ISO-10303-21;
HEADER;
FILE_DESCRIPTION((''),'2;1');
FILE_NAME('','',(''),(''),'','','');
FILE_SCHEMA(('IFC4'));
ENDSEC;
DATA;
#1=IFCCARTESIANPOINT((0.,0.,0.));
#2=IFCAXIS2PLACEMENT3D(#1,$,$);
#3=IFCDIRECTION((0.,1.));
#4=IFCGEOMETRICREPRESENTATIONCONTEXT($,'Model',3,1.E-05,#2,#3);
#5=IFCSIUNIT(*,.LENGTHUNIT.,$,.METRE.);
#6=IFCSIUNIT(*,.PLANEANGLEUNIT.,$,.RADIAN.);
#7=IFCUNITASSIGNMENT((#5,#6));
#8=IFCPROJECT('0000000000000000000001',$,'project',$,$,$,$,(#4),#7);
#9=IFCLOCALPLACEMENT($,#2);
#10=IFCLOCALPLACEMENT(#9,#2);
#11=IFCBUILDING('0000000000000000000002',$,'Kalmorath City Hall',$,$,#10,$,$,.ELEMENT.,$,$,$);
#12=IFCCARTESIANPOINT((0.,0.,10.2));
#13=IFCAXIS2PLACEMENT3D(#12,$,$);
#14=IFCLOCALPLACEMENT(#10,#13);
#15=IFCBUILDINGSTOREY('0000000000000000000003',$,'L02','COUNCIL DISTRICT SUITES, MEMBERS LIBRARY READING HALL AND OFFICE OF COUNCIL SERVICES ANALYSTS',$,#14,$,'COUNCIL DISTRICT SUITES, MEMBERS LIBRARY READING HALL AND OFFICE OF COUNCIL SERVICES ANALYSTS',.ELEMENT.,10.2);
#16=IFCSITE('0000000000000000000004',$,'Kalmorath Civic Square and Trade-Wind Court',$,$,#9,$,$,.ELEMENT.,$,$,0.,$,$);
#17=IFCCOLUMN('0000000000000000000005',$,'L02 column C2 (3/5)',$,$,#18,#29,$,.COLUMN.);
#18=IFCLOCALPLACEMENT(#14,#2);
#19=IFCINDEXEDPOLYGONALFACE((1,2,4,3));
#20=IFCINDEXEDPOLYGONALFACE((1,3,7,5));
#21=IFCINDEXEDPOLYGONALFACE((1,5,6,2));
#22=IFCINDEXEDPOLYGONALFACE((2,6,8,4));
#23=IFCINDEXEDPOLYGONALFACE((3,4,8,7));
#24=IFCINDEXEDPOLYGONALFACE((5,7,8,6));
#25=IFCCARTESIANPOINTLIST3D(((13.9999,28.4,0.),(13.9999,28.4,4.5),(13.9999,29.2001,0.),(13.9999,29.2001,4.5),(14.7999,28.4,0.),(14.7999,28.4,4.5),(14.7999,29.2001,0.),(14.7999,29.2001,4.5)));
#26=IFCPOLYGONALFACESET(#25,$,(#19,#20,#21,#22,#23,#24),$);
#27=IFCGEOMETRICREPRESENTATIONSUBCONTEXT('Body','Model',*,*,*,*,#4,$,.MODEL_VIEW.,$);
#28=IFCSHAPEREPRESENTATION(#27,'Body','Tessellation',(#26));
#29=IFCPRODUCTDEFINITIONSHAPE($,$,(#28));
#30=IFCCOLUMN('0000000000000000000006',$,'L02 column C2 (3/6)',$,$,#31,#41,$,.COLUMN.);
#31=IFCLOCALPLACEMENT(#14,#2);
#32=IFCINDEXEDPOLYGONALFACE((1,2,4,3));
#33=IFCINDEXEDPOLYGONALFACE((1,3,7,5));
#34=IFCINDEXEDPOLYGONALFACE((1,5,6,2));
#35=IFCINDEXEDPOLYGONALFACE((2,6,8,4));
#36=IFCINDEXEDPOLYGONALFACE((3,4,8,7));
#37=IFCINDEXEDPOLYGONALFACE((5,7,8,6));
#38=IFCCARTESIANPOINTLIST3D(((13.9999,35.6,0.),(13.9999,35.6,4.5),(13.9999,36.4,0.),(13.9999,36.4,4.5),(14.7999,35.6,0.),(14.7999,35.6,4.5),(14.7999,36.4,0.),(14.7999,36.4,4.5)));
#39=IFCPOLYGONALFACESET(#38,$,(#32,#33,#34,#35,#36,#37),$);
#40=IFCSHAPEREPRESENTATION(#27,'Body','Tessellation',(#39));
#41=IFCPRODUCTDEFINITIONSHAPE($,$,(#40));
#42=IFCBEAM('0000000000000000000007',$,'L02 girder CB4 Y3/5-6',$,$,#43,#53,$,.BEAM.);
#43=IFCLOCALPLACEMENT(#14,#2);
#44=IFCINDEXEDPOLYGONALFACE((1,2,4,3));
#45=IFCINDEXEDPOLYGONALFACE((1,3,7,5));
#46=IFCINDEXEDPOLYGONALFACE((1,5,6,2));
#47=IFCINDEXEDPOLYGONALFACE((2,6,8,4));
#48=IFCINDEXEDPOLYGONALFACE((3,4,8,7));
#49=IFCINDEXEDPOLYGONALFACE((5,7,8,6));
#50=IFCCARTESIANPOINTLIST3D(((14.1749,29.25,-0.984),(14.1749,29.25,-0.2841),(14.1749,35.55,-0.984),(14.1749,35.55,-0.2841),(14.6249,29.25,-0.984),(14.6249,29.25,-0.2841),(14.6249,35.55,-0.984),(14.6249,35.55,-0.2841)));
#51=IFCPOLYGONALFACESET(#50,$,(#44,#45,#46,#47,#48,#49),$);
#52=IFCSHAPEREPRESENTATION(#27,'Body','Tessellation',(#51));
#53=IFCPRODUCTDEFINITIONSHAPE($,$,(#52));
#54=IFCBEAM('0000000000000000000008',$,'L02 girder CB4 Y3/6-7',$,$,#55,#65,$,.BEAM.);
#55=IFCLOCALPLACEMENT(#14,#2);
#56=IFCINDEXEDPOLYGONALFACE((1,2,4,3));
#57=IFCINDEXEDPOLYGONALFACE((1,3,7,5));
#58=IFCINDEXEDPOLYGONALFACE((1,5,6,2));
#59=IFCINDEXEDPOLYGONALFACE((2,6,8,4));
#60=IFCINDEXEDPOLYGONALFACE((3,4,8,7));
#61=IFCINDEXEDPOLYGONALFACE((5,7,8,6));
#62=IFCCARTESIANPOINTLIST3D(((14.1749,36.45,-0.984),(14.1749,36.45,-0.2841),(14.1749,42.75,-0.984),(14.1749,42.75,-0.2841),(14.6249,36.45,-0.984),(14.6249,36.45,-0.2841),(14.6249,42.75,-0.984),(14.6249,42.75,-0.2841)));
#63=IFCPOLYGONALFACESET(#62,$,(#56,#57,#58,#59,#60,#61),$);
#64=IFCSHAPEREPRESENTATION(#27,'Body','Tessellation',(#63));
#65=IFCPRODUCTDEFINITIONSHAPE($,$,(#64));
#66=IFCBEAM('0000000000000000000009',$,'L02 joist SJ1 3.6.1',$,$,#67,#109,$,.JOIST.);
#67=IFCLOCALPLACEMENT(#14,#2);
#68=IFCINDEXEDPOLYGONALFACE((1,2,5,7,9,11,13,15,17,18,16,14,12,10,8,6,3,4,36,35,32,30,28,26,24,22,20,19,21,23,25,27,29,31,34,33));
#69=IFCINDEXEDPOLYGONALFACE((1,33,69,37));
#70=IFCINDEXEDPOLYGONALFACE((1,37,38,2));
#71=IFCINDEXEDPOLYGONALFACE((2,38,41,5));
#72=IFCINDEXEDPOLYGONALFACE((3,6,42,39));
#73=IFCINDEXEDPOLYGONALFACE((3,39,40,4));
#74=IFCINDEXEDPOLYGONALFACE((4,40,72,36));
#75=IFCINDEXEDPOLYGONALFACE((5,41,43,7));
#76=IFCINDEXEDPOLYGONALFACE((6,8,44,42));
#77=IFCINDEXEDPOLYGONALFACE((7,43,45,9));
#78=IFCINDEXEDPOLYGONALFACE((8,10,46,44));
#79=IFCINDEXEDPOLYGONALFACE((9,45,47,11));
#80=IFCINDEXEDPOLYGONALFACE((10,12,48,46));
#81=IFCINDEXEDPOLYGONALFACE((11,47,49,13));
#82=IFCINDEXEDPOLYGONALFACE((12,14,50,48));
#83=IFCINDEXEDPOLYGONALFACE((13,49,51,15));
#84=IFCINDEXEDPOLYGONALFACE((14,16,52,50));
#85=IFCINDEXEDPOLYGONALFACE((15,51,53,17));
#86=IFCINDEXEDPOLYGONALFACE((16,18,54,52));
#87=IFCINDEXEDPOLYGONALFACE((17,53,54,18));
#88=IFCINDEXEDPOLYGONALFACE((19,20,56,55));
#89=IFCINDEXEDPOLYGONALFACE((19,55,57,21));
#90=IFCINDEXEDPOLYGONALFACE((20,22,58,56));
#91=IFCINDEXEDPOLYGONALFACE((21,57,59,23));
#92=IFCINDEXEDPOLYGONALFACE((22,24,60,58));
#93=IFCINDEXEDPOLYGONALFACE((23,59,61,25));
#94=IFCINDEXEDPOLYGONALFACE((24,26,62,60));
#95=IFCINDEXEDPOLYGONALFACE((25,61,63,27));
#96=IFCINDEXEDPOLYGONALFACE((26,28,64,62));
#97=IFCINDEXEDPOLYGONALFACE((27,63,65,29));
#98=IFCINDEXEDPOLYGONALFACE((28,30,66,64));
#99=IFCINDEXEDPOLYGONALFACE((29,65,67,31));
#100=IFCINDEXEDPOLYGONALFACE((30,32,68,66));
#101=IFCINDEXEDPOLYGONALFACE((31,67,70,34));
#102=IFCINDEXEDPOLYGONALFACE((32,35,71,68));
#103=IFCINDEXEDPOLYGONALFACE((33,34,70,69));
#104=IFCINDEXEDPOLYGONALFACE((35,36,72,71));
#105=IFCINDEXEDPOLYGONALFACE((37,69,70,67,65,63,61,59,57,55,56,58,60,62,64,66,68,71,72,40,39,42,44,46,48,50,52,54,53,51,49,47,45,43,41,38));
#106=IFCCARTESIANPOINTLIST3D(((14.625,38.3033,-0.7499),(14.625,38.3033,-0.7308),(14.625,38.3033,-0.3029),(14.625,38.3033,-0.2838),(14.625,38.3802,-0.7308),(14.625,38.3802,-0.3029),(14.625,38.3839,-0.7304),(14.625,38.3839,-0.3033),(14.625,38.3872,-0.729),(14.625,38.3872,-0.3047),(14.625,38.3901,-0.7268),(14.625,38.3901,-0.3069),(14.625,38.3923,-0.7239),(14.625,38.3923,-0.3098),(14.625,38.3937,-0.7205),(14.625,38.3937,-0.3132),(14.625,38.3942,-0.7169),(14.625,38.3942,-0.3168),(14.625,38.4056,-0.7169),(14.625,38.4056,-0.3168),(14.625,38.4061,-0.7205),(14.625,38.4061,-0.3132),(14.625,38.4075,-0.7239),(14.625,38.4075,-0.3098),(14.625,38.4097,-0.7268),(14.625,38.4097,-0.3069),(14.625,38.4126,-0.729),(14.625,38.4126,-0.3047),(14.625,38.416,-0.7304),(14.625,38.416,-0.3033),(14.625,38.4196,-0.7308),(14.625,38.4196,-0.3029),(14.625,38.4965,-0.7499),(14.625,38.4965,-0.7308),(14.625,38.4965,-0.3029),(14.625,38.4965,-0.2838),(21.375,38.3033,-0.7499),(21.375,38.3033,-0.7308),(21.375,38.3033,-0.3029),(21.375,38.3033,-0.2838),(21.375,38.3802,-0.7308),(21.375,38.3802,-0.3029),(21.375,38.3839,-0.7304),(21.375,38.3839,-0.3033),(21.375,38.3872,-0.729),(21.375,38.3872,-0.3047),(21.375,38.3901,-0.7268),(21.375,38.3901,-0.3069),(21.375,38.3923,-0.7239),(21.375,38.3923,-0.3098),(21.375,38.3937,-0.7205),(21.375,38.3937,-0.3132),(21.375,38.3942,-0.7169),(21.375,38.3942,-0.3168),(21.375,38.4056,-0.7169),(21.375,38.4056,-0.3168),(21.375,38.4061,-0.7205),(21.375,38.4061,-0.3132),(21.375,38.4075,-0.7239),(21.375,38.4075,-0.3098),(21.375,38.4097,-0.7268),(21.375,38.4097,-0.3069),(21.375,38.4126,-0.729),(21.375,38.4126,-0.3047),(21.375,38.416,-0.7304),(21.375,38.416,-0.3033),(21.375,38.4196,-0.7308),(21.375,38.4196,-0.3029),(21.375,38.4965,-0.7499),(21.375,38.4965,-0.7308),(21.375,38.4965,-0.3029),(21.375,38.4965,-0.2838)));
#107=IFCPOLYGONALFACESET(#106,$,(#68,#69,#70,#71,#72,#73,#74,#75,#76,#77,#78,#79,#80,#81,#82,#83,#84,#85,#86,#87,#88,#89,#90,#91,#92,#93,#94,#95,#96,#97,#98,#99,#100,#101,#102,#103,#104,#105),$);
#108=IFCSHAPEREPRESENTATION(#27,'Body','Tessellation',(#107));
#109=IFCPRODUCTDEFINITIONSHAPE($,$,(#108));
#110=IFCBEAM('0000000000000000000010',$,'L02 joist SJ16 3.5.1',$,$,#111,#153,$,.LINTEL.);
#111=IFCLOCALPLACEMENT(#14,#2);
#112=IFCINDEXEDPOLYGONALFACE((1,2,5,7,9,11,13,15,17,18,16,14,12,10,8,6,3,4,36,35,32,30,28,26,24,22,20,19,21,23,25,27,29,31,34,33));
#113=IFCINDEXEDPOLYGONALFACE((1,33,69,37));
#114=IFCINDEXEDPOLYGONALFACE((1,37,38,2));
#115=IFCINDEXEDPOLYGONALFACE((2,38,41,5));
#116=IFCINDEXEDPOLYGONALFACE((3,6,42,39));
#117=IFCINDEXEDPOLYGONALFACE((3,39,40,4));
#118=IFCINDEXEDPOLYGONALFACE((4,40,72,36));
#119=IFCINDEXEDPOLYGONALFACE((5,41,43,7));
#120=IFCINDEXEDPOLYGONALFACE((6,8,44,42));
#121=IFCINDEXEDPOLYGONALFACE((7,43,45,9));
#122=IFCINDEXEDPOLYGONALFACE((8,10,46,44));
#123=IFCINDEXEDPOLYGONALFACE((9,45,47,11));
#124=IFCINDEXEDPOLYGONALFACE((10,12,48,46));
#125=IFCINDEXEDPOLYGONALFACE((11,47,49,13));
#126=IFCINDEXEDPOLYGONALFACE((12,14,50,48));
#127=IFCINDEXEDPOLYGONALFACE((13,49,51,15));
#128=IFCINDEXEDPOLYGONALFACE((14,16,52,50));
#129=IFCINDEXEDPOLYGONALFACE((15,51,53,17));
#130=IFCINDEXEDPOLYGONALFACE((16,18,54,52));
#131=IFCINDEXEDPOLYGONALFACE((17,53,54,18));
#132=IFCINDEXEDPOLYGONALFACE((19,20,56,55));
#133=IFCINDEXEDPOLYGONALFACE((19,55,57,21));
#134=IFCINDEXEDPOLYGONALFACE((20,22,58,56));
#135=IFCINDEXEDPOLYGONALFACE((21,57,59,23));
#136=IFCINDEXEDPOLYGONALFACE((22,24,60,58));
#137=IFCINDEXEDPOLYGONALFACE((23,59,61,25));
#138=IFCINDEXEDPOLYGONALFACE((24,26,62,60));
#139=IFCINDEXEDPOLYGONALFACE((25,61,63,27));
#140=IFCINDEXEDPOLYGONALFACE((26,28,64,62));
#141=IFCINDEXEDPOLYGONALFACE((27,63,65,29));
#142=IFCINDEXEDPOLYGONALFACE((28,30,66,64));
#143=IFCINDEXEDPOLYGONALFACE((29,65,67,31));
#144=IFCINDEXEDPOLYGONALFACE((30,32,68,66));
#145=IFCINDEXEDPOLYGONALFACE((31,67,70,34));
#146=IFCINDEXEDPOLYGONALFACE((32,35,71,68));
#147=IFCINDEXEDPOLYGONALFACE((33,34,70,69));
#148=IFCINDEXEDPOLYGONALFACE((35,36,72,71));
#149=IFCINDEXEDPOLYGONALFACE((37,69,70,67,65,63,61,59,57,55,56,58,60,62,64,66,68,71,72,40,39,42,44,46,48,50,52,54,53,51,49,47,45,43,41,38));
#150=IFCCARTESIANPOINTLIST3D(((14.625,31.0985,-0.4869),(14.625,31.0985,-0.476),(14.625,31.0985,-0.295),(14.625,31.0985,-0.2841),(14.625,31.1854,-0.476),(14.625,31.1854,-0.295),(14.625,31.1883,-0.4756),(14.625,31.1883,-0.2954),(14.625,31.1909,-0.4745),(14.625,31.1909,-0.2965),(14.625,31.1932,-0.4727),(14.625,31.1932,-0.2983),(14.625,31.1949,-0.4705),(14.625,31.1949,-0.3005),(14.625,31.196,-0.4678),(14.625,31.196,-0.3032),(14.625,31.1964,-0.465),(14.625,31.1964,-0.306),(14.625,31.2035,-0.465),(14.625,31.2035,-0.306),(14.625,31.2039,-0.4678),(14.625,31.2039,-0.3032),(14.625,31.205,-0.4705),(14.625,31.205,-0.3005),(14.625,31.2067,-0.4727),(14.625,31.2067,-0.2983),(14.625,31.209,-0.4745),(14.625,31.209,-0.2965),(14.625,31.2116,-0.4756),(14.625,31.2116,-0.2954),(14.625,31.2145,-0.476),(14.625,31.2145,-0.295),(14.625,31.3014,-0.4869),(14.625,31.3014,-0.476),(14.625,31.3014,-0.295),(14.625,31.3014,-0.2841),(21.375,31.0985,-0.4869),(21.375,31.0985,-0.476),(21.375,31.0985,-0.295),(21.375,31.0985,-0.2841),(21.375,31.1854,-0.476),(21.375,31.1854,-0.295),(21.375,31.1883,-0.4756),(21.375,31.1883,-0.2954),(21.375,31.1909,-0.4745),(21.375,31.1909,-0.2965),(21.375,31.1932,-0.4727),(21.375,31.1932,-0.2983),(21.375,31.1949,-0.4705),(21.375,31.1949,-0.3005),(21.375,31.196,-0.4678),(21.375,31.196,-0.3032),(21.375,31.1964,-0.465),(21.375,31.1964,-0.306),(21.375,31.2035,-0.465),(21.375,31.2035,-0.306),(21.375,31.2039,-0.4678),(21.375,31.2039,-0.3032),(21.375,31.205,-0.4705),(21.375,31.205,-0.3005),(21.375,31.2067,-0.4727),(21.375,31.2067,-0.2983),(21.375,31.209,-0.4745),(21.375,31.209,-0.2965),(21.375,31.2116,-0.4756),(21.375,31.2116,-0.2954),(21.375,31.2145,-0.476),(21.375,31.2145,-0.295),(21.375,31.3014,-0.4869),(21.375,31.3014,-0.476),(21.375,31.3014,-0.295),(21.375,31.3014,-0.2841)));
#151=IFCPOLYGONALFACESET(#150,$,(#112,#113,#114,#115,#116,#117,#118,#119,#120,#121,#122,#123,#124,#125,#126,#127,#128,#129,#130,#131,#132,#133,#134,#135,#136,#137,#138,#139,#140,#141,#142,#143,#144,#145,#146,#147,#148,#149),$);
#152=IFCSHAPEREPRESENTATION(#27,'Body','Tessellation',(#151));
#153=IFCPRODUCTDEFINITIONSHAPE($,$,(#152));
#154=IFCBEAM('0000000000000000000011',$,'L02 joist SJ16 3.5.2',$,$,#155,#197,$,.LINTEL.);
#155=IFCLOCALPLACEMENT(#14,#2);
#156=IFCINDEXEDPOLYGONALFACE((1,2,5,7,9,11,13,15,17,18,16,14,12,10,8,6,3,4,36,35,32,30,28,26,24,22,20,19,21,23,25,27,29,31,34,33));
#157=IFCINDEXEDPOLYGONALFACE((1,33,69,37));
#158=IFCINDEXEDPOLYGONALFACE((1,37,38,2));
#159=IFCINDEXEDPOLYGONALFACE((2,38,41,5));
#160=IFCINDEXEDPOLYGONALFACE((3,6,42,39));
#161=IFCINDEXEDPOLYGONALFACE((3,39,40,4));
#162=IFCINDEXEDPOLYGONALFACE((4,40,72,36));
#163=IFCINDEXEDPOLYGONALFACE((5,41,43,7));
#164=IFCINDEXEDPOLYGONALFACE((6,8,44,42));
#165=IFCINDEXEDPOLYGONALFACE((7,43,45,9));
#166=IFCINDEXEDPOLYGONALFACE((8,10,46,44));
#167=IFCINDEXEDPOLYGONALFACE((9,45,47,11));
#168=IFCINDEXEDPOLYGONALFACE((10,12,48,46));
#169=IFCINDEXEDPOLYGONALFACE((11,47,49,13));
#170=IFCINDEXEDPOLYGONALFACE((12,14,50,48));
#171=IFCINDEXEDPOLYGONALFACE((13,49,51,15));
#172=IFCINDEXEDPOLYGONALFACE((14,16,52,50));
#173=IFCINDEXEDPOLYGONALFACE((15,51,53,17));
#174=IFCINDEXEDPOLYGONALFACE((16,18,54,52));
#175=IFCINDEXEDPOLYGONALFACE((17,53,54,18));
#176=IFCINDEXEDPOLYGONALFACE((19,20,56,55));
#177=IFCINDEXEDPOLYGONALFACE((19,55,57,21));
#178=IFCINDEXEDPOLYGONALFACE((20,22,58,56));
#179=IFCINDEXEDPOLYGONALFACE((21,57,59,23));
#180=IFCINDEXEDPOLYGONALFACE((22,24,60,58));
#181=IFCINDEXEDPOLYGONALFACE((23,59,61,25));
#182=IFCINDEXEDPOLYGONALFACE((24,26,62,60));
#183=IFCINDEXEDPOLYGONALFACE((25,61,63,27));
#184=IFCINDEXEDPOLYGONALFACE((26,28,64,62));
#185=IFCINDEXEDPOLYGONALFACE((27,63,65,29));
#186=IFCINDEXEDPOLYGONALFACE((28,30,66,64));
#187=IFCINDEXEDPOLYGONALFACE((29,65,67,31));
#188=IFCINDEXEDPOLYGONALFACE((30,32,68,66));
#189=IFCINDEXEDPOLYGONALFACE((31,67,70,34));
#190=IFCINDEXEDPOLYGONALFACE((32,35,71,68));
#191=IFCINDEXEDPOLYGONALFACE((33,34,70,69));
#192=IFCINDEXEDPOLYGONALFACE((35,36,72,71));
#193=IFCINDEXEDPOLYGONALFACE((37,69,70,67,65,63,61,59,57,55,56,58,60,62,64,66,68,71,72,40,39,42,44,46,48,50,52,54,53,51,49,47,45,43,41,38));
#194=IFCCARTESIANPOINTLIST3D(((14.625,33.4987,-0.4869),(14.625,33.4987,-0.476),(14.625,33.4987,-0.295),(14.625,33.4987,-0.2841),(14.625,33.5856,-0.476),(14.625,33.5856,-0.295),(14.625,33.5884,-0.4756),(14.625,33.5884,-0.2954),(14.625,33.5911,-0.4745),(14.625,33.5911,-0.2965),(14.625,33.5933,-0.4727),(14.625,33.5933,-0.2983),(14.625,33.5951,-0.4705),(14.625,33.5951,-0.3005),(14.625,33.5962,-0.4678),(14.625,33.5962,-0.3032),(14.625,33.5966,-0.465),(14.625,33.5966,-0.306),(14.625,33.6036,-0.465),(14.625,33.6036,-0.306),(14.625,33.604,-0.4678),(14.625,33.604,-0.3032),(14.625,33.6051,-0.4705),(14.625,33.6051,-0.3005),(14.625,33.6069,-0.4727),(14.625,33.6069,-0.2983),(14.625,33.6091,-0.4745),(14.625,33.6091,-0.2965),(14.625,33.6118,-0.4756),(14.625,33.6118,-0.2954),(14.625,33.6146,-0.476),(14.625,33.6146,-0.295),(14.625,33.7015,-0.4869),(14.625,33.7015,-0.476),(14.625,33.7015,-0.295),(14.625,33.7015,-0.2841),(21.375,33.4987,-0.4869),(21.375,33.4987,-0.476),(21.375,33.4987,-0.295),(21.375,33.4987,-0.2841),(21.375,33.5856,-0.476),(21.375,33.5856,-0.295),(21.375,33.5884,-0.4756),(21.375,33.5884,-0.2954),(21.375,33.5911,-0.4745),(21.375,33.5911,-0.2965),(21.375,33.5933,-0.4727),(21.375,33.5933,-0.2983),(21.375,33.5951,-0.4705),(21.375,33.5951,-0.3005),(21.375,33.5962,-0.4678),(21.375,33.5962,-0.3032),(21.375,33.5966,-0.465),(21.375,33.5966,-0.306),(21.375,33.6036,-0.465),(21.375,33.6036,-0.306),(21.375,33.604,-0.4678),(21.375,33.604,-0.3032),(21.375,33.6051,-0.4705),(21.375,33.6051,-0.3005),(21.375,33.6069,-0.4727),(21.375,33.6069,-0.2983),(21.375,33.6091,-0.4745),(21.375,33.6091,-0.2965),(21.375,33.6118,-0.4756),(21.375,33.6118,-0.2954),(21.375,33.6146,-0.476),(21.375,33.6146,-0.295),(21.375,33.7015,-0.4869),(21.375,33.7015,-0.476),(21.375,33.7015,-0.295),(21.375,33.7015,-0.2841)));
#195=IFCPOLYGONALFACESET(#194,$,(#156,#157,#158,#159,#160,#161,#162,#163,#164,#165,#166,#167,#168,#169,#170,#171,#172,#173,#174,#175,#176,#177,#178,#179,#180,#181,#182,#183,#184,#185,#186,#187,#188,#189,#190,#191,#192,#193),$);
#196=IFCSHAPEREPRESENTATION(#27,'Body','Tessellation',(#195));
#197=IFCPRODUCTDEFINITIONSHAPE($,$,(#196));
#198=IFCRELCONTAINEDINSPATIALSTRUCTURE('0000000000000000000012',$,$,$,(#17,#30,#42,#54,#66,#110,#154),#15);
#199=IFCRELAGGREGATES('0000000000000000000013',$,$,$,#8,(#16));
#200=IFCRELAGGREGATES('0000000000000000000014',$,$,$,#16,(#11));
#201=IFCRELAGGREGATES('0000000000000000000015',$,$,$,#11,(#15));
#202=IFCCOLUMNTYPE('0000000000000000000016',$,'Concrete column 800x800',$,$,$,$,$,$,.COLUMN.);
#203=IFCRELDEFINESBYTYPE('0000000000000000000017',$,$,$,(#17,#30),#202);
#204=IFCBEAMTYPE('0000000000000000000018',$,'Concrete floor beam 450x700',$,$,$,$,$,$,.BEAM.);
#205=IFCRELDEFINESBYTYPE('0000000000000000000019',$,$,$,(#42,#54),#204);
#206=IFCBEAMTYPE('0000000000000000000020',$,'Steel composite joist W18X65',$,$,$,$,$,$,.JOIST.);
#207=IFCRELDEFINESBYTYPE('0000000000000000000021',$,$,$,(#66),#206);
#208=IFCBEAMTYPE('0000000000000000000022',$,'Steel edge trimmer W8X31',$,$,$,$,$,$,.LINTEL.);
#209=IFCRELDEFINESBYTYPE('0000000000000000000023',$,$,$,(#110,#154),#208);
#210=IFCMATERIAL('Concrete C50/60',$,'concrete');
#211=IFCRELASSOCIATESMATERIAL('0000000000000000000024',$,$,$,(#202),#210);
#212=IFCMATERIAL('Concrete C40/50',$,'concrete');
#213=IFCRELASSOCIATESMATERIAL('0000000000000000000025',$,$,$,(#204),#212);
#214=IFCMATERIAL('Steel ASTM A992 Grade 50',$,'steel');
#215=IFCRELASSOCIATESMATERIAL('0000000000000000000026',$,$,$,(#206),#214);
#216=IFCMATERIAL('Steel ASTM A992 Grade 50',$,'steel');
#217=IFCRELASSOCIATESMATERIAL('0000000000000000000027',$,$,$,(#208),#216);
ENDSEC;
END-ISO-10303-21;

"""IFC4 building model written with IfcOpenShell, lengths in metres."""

from ifc_helpers import new_model, si_unit, direction, frame, origin, origin_2d, place, context, subcontext, project, spatial, rectangle, i_section, extrude, material, material_profile, profile_set, type_object, element, save


model = new_model("IFC4")

# Units and contexts
model_context = context("Model", 3, precision=1e-05, world=origin(), true_north=direction((0.0, 1.0)))
body_context = subcontext(model_context, "Body", "Model", "MODEL_VIEW")
ifc_project = project(units=[si_unit("LENGTHUNIT", "METRE"), si_unit("PLANEANGLEUNIT", "RADIAN")], contexts=[model_context])

# Site, building, storey
site_placement = place(None, origin())
site = spatial("IfcSite", under=ifc_project, at=site_placement, Name="Kalmorath Civic Square and Trade-Wind Court", CompositionType="ELEMENT", RefElevation=0.0)
building_placement = place(site_placement, origin())
building = spatial("IfcBuilding", under=site, at=building_placement, Name="Kalmorath City Hall", CompositionType="ELEMENT")
storey_placement = place(building_placement, frame((0.0, 0.0, 10.2)))
storey = spatial("IfcBuildingStorey", under=building, at=storey_placement, Name="L02", Description="COUNCIL DISTRICT SUITES, MEMBERS LIBRARY READING HALL AND OFFICE OF COUNCIL SERVICES ANALYSTS", LongName="COUNCIL DISTRICT SUITES, MEMBERS LIBRARY READING HALL AND OFFICE OF COUNCIL SERVICES ANALYSTS", CompositionType="ELEMENT", Elevation=10.2)

# Columns
ifc_material_1 = material(Name="Concrete C50/60", Category="concrete")
ifc_material_profile_1 = material_profile(ifc_material_1, rectangle(XDim=0.8, YDim=0.8, at=origin_2d()), Name="RC-COL-800X800")
ifc_profile_set_1 = profile_set([ifc_material_profile_1], Name="Concrete C50/60")
column_type = type_object("IfcColumnType", Name="Concrete column 800x800", PredefinedType="COLUMN", material=ifc_profile_set_1)
for number, where, z_axis, x_axis, name in (
    (1, (14.3999, 28.8, 0.0), (0.0, 0.0, 1.0), (1.0, 0.0, 0.0), "L02 column C2 (3/5)"),
    (2, (14.3999, 36.0, 0.0), (0.0, 0.0, 1.0), (1.0, 0.0, 0.0), "L02 column C2 (3/6)"),
):
    element("IfcColumn", number, at=place(storey_placement, frame(where, z_axis=z_axis, x_axis=x_axis)), inside=storey, type_object=column_type, Name=name, PredefinedType="COLUMN", context=body_context, shape_type="SweptSolid", body=[
        extrude(rectangle(XDim=0.8, YDim=0.8, at=origin_2d()), origin(), (0.0, 0.0, 1.0), 4.5),
    ])

# Beams
ifc_material_2 = material(Name="Concrete C40/50", Category="concrete")
ifc_material_profile_2 = material_profile(ifc_material_2, rectangle(XDim=0.45, YDim=0.7, at=origin_2d()), Name="RC-BM-450X700")
ifc_profile_set_2 = profile_set([ifc_material_profile_2], Name="Concrete C40/50")
beam_type_1 = type_object("IfcBeamType", Name="Concrete floor beam 450x700", PredefinedType="BEAM", material=ifc_profile_set_2)
for number, where, z_axis, x_axis, name in (
    (3, (14.3999, 29.25, -0.634), (0.0, 1.0, 0.0), (-1.0, 0.0, 0.0), "L02 girder CB4 Y3/5-6"),
    (4, (14.3999, 36.45, -0.634), (0.0, 1.0, 0.0), (-1.0, 0.0, 0.0), "L02 girder CB4 Y3/6-7"),
):
    element("IfcBeam", number, at=place(storey_placement, frame(where, z_axis=z_axis, x_axis=x_axis)), inside=storey, type_object=beam_type_1, Name=name, PredefinedType="BEAM", context=body_context, shape_type="SweptSolid", body=[
        extrude(rectangle(XDim=0.45, YDim=0.7, at=origin_2d()), origin(), (0.0, 0.0, 1.0), 6.3),
    ])
ifc_material_3 = material(Name="Steel ASTM A992 Grade 50", Category="steel")
ifc_material_profile_3 = material_profile(ifc_material_3, i_section(OverallWidth=0.1931, OverallDepth=0.4661, WebThickness=0.0115, FlangeThickness=0.019, FilletRadius=0.0139, at=origin_2d()), Name="W18X65")
ifc_profile_set_3 = profile_set([ifc_material_profile_3], Name="Steel ASTM A992 Grade 50")
beam_type_2 = type_object("IfcBeamType", Name="Steel composite joist W18X65", PredefinedType="JOIST", material=ifc_profile_set_3)
beam_1_placement = place(storey_placement, frame((14.625, 38.3999, -0.5168), z_axis=(1.0, 0.0, 0.0), x_axis=(0.0, 1.0, 0.0)))
element("IfcBeam", 5, at=beam_1_placement, inside=storey, type_object=beam_type_2, Name="L02 joist SJ1 3.6.1", PredefinedType="JOIST", context=body_context, shape_type="SweptSolid", body=[
    extrude(i_section(OverallWidth=0.1931, OverallDepth=0.4661, WebThickness=0.0115, FlangeThickness=0.019, FilletRadius=0.0139, at=origin_2d()), origin(), (0.0, 0.0, 1.0), 6.75),
])
ifc_material_4 = material(Name="Steel ASTM A992 Grade 50", Category="steel")
ifc_material_profile_4 = material_profile(ifc_material_4, i_section(OverallWidth=0.2029, OverallDepth=0.2029, WebThickness=0.0071, FlangeThickness=0.011, FilletRadius=0.011, at=origin_2d()), Name="W8X31")
ifc_profile_set_4 = profile_set([ifc_material_profile_4], Name="Steel ASTM A992 Grade 50")
beam_type_3 = type_object("IfcBeamType", Name="Steel edge trimmer W8X31", PredefinedType="LINTEL", material=ifc_profile_set_4)
for number, where, z_axis, x_axis, name in (
    (6, (14.625, 31.2, -0.3855), (1.0, 0.0, 0.0), (0.0, 1.0, 0.0), "L02 joist SJ16 3.5.1"),
    (7, (14.625, 33.6001, -0.3855), (1.0, 0.0, 0.0), (0.0, 1.0, 0.0), "L02 joist SJ16 3.5.2"),
):
    element("IfcBeam", number, at=place(storey_placement, frame(where, z_axis=z_axis, x_axis=x_axis)), inside=storey, type_object=beam_type_3, Name=name, PredefinedType="LINTEL", context=body_context, shape_type="SweptSolid", body=[
        extrude(i_section(OverallWidth=0.2029, OverallDepth=0.2029, WebThickness=0.0071, FlangeThickness=0.011, FilletRadius=0.011, at=origin_2d()), origin(), (0.0, 0.0, 1.0), 6.75),
    ])

save(model, "model.ifc")
